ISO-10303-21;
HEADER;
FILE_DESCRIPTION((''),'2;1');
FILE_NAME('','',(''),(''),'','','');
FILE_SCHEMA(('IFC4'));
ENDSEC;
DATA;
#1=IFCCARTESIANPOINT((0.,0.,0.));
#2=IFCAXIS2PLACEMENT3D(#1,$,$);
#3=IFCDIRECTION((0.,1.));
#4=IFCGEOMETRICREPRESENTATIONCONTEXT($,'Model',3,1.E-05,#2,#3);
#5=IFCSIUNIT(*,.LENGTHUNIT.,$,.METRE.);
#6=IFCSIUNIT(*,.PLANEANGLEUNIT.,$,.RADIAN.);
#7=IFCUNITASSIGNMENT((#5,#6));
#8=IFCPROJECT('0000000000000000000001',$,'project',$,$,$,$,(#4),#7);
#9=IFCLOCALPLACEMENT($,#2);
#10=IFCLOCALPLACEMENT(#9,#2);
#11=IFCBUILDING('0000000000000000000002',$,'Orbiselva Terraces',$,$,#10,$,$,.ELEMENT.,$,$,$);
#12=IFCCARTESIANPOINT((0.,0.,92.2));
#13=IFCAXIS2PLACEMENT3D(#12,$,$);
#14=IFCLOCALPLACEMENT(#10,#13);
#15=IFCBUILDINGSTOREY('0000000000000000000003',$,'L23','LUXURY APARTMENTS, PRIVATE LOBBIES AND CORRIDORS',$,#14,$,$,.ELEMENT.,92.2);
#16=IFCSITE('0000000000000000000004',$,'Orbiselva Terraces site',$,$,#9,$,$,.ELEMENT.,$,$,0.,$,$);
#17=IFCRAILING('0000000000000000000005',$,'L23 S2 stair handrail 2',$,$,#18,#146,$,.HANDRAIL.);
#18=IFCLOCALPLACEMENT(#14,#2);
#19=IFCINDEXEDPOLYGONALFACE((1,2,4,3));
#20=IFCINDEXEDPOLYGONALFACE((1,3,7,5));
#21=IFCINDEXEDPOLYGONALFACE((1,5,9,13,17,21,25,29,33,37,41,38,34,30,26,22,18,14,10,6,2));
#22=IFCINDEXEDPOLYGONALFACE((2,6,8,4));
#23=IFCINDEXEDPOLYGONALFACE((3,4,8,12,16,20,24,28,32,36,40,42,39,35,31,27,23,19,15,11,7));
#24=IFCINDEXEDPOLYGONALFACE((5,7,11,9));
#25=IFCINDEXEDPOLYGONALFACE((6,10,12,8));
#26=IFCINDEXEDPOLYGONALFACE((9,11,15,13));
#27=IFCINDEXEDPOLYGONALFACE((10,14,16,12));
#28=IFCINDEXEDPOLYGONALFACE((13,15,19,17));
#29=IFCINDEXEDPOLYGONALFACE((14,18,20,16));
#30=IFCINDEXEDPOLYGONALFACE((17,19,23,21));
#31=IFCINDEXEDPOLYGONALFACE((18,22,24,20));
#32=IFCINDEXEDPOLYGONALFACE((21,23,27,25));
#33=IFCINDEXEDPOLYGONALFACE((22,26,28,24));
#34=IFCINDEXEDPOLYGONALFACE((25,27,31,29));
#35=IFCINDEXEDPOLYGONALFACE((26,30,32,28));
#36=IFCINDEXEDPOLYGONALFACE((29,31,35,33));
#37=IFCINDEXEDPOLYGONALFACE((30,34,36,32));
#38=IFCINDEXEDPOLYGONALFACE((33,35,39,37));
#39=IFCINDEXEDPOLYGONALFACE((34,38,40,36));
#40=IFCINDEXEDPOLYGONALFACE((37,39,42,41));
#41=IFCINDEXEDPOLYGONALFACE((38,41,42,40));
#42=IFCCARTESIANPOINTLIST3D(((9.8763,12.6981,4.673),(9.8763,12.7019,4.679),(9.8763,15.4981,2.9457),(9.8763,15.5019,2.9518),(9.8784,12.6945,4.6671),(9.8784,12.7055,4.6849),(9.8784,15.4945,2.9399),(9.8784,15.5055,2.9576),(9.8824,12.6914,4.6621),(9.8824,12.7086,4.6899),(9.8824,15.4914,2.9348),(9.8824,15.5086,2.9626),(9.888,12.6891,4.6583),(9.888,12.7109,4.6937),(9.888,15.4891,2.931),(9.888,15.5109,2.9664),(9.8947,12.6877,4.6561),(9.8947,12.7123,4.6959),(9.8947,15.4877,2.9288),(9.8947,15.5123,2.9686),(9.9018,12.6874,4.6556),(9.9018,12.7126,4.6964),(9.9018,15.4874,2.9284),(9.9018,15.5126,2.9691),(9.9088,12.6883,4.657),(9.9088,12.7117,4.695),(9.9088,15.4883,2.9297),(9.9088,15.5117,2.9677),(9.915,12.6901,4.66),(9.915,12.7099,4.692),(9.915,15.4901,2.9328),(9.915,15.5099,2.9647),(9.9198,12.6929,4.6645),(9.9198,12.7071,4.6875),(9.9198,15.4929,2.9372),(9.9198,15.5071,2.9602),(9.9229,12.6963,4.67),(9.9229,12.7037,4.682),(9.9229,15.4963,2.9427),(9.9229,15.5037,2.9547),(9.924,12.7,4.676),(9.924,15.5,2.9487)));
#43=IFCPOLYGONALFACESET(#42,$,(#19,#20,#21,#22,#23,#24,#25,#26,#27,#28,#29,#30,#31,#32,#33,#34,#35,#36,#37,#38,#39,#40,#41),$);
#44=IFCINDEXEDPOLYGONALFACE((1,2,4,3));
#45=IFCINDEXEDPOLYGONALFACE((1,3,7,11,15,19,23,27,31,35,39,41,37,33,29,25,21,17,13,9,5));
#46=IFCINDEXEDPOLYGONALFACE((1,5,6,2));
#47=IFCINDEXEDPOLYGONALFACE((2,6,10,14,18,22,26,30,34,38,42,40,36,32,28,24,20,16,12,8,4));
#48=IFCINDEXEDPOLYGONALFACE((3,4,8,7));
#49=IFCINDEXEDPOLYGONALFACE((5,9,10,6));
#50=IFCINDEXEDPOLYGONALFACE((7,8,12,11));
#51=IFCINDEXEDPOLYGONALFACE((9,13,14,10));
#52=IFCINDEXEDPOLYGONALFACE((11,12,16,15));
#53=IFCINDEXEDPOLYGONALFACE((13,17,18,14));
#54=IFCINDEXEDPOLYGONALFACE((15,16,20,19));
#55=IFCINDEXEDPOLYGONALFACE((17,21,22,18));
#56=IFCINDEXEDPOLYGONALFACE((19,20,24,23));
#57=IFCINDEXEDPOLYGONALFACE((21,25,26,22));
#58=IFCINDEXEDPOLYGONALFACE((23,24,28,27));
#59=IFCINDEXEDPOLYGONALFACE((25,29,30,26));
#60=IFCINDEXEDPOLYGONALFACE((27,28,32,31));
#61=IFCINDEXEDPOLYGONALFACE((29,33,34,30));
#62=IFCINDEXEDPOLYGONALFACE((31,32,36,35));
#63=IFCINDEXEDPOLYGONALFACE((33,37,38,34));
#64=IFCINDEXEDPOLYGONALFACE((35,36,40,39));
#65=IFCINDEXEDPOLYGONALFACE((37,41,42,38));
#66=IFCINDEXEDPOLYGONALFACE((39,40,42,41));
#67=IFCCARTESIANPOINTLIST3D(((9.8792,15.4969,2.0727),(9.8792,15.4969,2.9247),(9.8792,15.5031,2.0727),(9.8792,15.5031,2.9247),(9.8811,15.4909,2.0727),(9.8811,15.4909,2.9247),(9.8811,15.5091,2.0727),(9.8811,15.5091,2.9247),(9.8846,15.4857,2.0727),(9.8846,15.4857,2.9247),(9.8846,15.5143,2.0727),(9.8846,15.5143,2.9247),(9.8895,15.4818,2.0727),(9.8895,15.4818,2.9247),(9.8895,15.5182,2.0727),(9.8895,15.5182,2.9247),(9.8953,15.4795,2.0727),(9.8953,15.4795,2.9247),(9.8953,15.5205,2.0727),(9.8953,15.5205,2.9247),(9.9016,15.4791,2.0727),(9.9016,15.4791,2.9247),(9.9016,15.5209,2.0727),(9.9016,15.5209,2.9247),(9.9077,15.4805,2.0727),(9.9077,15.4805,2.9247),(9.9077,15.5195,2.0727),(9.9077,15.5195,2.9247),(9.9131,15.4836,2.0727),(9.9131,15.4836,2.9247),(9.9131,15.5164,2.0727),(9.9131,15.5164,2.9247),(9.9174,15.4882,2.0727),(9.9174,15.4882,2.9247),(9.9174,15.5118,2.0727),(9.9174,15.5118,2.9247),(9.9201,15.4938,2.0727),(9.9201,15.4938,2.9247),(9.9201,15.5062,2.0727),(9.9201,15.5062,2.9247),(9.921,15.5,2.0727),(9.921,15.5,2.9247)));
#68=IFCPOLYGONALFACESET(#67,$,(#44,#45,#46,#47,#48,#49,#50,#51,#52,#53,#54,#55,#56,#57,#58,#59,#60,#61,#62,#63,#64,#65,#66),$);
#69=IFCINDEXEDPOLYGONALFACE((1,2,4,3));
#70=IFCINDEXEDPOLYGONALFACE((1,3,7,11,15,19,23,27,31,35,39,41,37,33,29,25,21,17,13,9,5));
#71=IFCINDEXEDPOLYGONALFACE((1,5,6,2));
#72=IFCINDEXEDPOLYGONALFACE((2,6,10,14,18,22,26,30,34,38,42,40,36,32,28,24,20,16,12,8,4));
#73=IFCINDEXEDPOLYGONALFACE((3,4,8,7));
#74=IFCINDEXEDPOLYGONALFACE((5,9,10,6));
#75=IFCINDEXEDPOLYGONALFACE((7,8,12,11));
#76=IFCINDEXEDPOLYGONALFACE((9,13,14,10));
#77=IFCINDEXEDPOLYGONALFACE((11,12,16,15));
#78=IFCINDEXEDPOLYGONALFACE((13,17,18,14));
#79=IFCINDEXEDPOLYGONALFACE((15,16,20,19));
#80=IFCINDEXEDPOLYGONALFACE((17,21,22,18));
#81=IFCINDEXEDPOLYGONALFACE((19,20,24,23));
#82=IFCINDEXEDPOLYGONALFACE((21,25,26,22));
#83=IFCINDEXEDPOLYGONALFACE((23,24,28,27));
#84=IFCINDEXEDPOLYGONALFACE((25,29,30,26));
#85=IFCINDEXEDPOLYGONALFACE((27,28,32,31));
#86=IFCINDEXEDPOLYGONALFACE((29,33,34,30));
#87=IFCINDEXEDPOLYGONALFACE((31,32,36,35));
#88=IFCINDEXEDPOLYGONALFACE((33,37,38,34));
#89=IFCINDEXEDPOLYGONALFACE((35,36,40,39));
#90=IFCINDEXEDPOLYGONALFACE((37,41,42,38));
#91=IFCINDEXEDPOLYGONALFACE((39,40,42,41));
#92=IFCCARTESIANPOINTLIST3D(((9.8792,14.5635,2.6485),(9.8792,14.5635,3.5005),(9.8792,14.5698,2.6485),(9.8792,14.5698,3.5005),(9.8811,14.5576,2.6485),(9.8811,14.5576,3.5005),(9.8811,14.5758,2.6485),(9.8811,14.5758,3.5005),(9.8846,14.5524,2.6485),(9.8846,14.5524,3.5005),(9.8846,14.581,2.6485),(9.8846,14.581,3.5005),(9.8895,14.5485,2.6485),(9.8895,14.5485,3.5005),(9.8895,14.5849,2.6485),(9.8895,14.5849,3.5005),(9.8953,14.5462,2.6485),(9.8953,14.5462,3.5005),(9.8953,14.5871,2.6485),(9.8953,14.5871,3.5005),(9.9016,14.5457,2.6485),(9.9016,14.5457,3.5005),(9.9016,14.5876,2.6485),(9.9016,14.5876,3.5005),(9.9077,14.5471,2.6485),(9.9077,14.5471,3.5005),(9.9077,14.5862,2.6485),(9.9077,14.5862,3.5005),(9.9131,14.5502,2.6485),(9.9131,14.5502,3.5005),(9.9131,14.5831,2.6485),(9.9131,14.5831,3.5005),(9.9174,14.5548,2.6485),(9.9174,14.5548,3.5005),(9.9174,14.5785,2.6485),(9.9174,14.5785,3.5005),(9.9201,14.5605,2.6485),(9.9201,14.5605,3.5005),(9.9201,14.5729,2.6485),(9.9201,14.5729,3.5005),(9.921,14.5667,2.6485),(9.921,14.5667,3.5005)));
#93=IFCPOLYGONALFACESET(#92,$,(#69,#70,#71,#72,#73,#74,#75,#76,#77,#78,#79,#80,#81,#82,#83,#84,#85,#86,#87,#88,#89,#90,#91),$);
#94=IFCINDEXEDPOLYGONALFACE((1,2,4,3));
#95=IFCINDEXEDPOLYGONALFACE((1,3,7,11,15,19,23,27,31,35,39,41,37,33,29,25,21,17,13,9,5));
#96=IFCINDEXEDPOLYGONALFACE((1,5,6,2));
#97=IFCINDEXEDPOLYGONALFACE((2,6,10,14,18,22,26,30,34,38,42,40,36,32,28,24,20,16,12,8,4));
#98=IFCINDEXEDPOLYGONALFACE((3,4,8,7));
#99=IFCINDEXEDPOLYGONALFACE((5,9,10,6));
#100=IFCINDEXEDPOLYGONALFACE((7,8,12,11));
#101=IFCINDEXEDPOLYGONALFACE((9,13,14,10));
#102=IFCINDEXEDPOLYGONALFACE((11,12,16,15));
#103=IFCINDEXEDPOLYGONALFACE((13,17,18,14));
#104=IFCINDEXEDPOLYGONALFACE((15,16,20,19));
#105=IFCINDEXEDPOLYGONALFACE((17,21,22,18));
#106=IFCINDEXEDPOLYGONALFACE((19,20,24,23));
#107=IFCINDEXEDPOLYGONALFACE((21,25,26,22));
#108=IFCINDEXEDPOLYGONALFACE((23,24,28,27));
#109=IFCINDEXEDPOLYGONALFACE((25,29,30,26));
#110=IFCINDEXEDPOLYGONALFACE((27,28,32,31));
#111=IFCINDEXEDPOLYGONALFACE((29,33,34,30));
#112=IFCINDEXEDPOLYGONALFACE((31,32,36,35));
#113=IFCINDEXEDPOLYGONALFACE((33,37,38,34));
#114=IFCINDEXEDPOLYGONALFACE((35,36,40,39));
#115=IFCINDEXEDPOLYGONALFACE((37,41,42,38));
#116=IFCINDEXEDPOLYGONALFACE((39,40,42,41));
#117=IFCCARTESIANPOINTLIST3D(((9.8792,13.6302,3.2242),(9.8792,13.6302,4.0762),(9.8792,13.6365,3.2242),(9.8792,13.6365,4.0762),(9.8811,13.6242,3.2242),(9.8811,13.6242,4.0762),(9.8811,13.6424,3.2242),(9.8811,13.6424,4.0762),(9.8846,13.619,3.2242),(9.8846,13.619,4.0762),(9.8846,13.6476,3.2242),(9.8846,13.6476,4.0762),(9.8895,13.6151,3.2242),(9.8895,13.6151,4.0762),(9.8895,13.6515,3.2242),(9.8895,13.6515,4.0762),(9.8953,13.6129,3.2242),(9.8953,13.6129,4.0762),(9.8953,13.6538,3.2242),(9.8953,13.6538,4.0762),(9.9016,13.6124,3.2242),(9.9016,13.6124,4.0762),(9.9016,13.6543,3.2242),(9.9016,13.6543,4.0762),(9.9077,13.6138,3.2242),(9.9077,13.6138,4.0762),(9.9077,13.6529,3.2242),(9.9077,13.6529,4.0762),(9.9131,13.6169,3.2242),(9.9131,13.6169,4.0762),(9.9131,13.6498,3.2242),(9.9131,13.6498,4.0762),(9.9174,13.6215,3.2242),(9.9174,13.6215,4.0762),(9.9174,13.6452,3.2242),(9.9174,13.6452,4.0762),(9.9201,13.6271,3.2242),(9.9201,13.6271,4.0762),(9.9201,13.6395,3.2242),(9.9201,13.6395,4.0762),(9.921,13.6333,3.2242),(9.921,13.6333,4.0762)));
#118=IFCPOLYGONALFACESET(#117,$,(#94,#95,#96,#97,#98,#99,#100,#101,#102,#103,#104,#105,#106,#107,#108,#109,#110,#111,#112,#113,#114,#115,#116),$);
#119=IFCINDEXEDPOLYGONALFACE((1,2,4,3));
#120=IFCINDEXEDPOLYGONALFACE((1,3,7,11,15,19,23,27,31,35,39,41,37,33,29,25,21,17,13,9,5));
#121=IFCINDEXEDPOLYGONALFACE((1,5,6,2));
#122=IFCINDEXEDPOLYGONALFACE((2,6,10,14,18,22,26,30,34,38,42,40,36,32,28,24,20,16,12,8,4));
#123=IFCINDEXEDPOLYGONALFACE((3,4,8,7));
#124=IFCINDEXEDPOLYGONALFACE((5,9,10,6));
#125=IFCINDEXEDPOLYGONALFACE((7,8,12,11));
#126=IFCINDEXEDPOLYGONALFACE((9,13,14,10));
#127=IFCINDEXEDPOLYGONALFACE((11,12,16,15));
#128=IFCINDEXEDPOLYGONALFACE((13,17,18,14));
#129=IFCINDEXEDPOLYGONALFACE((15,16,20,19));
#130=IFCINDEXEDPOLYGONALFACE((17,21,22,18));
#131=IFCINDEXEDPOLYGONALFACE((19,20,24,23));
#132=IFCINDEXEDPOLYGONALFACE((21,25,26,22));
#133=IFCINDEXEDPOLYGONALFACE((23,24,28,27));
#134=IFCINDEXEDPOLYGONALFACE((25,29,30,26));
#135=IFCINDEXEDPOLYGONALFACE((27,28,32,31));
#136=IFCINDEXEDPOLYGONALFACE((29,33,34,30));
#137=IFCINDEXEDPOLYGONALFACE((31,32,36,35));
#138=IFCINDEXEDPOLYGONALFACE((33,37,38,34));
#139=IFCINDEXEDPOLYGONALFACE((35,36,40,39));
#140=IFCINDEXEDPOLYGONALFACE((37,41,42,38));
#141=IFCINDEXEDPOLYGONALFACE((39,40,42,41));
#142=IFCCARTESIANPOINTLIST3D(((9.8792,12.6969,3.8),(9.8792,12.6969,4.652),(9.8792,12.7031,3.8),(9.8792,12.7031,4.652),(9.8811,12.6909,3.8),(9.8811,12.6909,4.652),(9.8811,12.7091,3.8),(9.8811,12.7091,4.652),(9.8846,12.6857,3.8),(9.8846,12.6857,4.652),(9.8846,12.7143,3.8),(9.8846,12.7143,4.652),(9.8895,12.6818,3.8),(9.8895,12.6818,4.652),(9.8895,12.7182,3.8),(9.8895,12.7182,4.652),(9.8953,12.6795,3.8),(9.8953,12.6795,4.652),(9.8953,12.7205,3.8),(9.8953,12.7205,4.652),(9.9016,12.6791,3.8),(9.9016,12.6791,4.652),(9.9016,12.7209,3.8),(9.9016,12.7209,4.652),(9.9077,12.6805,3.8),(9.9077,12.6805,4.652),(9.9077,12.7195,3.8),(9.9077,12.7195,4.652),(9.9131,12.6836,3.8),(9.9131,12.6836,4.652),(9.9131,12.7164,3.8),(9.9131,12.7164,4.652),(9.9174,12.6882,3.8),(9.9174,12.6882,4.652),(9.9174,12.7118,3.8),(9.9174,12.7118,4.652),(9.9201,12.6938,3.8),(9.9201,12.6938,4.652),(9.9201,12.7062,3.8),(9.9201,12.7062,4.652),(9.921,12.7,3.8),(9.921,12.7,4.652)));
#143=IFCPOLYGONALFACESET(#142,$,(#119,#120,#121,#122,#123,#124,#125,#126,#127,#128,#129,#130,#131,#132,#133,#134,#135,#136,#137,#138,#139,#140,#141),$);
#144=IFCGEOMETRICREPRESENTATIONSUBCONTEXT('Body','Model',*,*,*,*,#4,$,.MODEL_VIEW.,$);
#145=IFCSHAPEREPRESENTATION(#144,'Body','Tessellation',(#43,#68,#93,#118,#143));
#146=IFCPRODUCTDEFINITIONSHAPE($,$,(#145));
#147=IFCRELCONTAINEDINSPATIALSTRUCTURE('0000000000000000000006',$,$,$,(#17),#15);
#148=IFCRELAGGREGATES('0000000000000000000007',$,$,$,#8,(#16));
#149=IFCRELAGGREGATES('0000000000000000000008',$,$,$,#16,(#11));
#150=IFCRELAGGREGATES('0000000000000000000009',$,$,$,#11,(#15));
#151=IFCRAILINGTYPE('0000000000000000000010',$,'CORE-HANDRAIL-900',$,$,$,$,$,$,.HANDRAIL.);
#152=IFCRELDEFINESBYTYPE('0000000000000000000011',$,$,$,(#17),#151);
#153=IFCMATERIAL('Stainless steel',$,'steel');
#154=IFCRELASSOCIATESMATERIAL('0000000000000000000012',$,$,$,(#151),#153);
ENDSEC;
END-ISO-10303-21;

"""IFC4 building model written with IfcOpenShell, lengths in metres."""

from ifc_helpers import new_model, si_unit, direction, frame, origin, origin_2d, place, context, subcontext, project, spatial, circle, extrude, material, type_object, element, save


model = new_model("IFC4")

# Units and contexts
model_context = context("Model", 3, precision=1e-05, world=origin(), true_north=direction((0.0, 1.0)))
body_context = subcontext(model_context, "Body", "Model", "MODEL_VIEW")
ifc_project = project(units=[si_unit("LENGTHUNIT", "METRE"), si_unit("PLANEANGLEUNIT", "RADIAN")], contexts=[model_context])

# Site, building, storey
site_placement = place(None, origin())
site = spatial("IfcSite", under=ifc_project, at=site_placement, Name="Orbiselva Terraces site", CompositionType="ELEMENT", RefElevation=0.0)
building_placement = place(site_placement, origin())
building = spatial("IfcBuilding", under=site, at=building_placement, Name="Orbiselva Terraces", CompositionType="ELEMENT")
storey_placement = place(building_placement, frame((0.0, 0.0, 92.2)))
storey = spatial("IfcBuildingStorey", under=building, at=storey_placement, Name="L23", Description="LUXURY APARTMENTS, PRIVATE LOBBIES AND CORRIDORS", CompositionType="ELEMENT", Elevation=92.2)

# Railing
ifc_material_1 = material(Name="Stainless steel", Category="steel")
railing_type = type_object("IfcRailingType", Name="CORE-HANDRAIL-900", PredefinedType="HANDRAIL", material=ifc_material_1)
railing_placement = place(storey_placement, frame((9.9, 15.5, 2.0727)))
element("IfcRailing", 1, at=railing_placement, inside=storey, type_object=railing_type, Name="L23 S2 stair handrail 2", PredefinedType="HANDRAIL", context=body_context, shape_type="SweptSolid", body=[
    extrude(circle(Radius=0.024, at=origin_2d()), frame((0.0, 0.0, 0.876), z_axis=(0.0, -0.851089, 0.525022), x_axis=(1.0, 0.0, 0.0)), (0.0, 0.0, 1.0), 3.2899),
    extrude(circle(Radius=0.021, at=origin_2d()), origin(), (0.0, 0.0, 1.0), 0.852),
    extrude(circle(Radius=0.021, at=origin_2d()), frame((0.0, -0.9333, 0.5758)), (0.0, 0.0, 1.0), 0.852),
    extrude(circle(Radius=0.021, at=origin_2d()), frame((0.0, -1.8667, 1.1515)), (0.0, 0.0, 1.0), 0.852),
    extrude(circle(Radius=0.021, at=origin_2d()), frame((0.0, -2.8, 1.7273)), (0.0, 0.0, 1.0), 0.852),
])

save(model, "model.ifc")
